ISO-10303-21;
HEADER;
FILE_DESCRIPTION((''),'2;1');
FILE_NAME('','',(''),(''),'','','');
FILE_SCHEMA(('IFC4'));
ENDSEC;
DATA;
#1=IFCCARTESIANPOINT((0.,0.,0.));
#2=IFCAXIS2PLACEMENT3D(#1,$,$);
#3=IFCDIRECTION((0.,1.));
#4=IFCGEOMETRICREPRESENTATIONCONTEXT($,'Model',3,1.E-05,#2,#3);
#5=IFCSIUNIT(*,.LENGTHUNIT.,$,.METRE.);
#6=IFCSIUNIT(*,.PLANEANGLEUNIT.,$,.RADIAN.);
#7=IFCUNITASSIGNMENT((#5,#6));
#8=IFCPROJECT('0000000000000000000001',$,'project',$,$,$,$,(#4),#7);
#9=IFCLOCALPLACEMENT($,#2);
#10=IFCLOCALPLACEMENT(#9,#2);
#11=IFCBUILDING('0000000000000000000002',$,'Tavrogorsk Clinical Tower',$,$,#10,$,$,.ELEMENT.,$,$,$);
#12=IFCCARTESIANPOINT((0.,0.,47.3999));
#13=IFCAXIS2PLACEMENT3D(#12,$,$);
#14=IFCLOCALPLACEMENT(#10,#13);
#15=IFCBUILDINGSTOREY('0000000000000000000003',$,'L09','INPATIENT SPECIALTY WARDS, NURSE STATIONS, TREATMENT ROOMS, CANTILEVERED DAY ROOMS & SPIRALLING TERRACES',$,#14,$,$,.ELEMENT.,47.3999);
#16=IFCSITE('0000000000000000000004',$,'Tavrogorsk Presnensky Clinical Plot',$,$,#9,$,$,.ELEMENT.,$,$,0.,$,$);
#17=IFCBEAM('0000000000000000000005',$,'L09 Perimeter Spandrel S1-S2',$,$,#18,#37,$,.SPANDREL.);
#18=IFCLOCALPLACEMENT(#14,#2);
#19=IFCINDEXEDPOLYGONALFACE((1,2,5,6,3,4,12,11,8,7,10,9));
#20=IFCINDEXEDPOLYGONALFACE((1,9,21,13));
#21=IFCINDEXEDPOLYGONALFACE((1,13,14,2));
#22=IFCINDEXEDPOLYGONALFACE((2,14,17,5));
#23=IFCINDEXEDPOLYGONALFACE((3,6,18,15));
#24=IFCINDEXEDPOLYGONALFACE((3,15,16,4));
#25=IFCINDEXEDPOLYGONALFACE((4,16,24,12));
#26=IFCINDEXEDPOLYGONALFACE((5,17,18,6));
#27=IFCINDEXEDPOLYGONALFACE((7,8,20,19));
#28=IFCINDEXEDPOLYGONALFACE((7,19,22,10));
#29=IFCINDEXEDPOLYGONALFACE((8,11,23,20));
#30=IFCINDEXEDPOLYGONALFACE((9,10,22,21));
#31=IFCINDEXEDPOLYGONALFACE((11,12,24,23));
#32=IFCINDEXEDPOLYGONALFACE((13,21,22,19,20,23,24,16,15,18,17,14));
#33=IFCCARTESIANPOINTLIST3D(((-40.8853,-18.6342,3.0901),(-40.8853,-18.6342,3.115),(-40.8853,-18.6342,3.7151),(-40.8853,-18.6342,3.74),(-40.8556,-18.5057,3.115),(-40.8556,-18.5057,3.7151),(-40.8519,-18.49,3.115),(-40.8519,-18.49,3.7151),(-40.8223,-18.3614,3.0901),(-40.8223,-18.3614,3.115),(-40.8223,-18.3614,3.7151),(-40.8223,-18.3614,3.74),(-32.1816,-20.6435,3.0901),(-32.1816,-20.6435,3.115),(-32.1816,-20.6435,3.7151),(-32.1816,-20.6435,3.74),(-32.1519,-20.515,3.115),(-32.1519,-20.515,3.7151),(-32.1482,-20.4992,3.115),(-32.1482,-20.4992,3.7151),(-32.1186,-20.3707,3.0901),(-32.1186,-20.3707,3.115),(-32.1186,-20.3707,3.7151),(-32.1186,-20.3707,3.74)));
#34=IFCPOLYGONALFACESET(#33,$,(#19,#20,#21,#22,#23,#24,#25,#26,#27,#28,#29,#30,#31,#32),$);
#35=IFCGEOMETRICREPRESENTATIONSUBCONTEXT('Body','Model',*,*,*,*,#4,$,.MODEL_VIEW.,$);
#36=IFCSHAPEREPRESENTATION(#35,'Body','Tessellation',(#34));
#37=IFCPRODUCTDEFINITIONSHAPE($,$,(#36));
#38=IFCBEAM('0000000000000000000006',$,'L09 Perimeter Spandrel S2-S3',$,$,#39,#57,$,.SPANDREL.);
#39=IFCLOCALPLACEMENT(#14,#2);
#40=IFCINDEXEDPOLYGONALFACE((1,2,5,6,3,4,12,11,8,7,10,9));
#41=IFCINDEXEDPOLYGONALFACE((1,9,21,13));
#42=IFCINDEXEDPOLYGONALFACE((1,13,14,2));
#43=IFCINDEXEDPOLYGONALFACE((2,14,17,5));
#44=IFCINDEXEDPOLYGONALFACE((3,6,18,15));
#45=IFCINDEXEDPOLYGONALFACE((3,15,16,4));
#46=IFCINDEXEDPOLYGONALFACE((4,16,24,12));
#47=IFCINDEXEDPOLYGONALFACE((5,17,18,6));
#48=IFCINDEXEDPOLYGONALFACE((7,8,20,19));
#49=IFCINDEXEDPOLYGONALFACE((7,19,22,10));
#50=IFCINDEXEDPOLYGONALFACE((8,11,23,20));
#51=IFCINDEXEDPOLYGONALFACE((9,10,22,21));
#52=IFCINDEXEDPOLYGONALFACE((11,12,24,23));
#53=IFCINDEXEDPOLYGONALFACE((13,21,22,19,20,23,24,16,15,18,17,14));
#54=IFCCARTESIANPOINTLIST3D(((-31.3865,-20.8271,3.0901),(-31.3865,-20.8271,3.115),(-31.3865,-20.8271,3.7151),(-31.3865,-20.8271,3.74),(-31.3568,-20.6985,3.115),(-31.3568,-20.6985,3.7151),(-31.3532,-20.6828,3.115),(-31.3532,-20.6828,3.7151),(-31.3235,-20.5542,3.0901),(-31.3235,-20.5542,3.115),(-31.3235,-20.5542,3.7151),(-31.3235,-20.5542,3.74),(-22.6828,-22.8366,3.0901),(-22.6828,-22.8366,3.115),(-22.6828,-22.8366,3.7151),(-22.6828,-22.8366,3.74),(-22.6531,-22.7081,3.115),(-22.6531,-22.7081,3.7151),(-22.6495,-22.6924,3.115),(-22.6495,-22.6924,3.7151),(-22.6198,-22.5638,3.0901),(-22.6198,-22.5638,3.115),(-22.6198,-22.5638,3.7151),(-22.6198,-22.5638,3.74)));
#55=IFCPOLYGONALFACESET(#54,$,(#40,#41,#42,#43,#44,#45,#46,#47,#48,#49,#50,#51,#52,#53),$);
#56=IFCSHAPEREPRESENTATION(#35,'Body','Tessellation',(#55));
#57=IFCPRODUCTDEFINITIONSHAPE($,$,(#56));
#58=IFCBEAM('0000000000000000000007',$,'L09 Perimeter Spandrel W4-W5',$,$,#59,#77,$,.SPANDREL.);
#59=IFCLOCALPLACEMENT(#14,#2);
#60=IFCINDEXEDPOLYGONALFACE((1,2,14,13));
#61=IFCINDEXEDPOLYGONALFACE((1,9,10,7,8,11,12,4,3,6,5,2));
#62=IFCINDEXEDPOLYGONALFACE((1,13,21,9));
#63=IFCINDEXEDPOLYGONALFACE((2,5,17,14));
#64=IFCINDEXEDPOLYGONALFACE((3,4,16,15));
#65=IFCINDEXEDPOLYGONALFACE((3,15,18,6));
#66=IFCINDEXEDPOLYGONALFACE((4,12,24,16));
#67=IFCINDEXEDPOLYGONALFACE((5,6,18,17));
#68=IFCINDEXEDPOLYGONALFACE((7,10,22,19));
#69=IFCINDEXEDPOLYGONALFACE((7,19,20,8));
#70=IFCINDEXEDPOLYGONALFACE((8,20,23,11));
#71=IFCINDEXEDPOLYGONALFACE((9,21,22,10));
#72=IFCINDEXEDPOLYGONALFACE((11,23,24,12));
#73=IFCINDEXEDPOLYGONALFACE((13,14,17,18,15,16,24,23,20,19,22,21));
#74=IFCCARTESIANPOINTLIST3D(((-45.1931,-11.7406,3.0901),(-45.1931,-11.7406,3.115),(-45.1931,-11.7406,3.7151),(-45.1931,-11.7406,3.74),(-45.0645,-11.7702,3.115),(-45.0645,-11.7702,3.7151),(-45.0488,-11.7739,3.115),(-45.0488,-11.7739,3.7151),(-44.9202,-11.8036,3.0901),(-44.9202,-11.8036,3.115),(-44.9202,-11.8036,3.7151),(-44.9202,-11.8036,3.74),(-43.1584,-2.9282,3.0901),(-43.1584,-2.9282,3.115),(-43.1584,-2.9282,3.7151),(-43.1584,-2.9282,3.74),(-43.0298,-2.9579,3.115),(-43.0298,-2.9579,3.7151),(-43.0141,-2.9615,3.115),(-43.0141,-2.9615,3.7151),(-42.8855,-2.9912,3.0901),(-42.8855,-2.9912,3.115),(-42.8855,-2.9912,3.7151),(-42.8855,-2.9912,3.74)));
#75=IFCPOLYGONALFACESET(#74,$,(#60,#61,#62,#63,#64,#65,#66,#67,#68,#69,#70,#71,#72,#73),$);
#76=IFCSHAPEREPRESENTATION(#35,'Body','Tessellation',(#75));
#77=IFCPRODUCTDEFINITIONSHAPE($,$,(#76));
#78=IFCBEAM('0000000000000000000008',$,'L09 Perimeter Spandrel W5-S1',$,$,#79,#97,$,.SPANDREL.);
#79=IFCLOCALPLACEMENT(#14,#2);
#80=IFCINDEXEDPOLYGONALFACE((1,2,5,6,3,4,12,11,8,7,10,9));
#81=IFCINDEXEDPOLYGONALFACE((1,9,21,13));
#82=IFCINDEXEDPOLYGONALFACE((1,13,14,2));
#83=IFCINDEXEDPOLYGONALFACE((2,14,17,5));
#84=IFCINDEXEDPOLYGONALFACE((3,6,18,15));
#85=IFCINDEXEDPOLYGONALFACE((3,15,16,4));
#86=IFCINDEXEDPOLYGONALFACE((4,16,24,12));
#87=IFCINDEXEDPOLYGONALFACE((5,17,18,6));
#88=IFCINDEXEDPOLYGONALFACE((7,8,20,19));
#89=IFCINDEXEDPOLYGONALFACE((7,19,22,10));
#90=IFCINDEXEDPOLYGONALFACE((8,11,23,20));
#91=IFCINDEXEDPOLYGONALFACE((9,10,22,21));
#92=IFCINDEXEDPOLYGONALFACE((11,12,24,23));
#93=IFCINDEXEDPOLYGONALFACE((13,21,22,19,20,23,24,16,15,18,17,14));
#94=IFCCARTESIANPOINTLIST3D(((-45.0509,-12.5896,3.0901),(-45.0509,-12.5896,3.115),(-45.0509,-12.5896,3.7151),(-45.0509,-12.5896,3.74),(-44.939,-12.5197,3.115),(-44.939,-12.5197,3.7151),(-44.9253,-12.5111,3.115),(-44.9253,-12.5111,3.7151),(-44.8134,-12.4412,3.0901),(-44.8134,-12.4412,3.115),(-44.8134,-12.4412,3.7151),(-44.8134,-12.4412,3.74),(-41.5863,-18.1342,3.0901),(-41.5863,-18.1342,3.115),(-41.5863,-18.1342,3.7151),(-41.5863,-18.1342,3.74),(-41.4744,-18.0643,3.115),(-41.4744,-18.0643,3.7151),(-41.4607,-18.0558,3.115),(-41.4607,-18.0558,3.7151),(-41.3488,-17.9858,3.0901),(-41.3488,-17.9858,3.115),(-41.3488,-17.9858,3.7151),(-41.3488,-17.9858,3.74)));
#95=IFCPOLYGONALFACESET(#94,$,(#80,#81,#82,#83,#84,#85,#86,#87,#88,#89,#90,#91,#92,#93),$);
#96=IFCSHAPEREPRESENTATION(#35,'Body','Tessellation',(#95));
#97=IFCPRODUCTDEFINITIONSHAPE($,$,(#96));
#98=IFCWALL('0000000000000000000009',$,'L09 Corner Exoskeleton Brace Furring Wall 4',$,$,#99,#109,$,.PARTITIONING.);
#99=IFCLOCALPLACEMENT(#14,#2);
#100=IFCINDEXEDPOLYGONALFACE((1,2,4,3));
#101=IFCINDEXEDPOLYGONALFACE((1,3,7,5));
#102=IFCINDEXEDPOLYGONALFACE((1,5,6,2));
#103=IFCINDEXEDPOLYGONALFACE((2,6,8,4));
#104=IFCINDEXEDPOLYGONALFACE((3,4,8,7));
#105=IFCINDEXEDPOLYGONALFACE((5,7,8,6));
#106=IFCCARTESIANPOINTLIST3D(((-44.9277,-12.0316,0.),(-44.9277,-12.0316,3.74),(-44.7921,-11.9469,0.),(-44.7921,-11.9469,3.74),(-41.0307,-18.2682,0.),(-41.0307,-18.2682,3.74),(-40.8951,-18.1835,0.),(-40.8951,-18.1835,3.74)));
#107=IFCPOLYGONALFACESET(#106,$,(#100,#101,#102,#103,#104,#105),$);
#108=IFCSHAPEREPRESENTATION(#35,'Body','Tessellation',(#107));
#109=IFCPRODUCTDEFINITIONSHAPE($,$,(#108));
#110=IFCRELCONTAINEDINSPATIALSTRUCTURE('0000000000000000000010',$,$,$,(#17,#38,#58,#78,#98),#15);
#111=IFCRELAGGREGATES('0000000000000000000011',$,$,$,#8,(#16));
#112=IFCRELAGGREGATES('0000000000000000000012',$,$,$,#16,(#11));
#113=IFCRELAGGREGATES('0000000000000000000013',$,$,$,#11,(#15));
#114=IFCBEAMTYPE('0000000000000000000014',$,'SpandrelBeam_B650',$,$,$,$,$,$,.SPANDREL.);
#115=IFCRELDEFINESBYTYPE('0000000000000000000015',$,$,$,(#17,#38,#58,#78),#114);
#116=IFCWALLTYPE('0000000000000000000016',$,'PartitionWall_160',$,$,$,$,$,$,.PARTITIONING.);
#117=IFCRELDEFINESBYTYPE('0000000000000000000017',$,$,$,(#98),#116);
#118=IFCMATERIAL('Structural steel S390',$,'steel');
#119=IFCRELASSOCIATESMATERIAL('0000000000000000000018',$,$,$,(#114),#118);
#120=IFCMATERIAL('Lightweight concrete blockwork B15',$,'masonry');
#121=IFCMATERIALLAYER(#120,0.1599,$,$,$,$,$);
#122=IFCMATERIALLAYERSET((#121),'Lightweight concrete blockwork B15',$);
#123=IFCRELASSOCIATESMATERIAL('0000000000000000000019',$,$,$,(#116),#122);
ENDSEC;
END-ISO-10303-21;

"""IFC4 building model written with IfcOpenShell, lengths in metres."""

from ifc_helpers import new_model, si_unit, direction, frame, frame_2d, origin, origin_2d, place, context, subcontext, project, spatial, rectangle, i_section, extrude, material, layer, layer_set, material_profile, profile_set, type_object, element, save


model = new_model("IFC4")

# Units and contexts
model_context = context("Model", 3, precision=1e-05, world=origin(), true_north=direction((0.0, 1.0)))
body_context = subcontext(model_context, "Body", "Model", "MODEL_VIEW")
ifc_project = project(units=[si_unit("LENGTHUNIT", "METRE"), si_unit("PLANEANGLEUNIT", "RADIAN")], contexts=[model_context])

# Site, building, storey
site_placement = place(None, origin())
site = spatial("IfcSite", under=ifc_project, at=site_placement, Name="Tavrogorsk Presnensky Clinical Plot", CompositionType="ELEMENT", RefElevation=0.0)
building_placement = place(site_placement, origin())
building = spatial("IfcBuilding", under=site, at=building_placement, Name="Tavrogorsk Clinical Tower", CompositionType="ELEMENT")
storey_placement = place(building_placement, frame((0.0, 0.0, 47.3999)))
storey = spatial("IfcBuildingStorey", under=building, at=storey_placement, Name="L09", Description="INPATIENT SPECIALTY WARDS, NURSE STATIONS, TREATMENT ROOMS, CANTILEVERED DAY ROOMS & SPIRALLING TERRACES", CompositionType="ELEMENT", Elevation=47.3999)

# Beams
ifc_material_1 = material(Name="Structural steel S390", Category="steel")
ifc_material_profile_1 = material_profile(ifc_material_1, i_section(OverallWidth=0.28, OverallDepth=0.6499, WebThickness=0.0161, FlangeThickness=0.0249, at=origin_2d()), Name="B-650x280x16x25")
ifc_profile_set_1 = profile_set([ifc_material_profile_1], Name="Structural steel S390")
beam_type = type_object("IfcBeamType", Name="SpandrelBeam_B650", PredefinedType="SPANDREL", material=ifc_profile_set_1)
for number, where, z_axis, x_axis, name in (
    (1, (-40.8538, -18.4978, 3.415), (0.974373, -0.224939, 0.0), (0.224939, 0.974373, 0.0), "L09 Perimeter Spandrel S1-S2"),
    (2, (-31.355, -20.6907, 3.415), (0.974367, -0.224965, 0.0), (0.224965, 0.974367, 0.0), "L09 Perimeter Spandrel S2-S3"),
):
    element("IfcBeam", number, at=place(storey_placement, frame(where, z_axis=z_axis, x_axis=x_axis)), inside=storey, type_object=beam_type, Name=name, PredefinedType="SPANDREL", context=body_context, shape_type="SweptSolid", body=[
        extrude(i_section(OverallWidth=0.28, OverallDepth=0.6499, WebThickness=0.0161, FlangeThickness=0.0249, at=origin_2d()), origin(), (0.0, 0.0, 1.0), 8.9326),
    ])
beam_1_placement = place(storey_placement, frame((-43.022, -2.9597, 3.415), z_axis=(-0.224972, -0.974365, 0.0), x_axis=(0.974365, -0.224972, 0.0)))
element("IfcBeam", 3, at=beam_1_placement, inside=storey, type_object=beam_type, Name="L09 Perimeter Spandrel W4-W5", PredefinedType="SPANDREL", context=body_context, shape_type="SweptSolid", body=[
    extrude(i_section(OverallWidth=0.28, OverallDepth=0.6499, WebThickness=0.0161, FlangeThickness=0.0249, at=origin_2d()), origin(), (0.0, 0.0, 1.0), 9.0442),
])
beam_2_placement = place(storey_placement, frame((-44.9321, -12.5154, 3.415), z_axis=(0.529908, -0.848055, 0.0), x_axis=(0.848055, 0.529908, 0.0)))
element("IfcBeam", 4, at=beam_2_placement, inside=storey, type_object=beam_type, Name="L09 Perimeter Spandrel W5-S1", PredefinedType="SPANDREL", context=body_context, shape_type="SweptSolid", body=[
    extrude(i_section(OverallWidth=0.28, OverallDepth=0.6499, WebThickness=0.0161, FlangeThickness=0.0249, at=origin_2d()), origin(), (0.0, 0.0, 1.0), 6.5381),
])

# Wall
ifc_material_2 = material(Name="Lightweight concrete blockwork B15", Category="masonry")
ifc_layer_1 = layer(ifc_material_2, 0.1599)
ifc_layer_set_1 = layer_set([ifc_layer_1], Name="Lightweight concrete blockwork B15")
wall_type_1 = type_object("IfcWallType", Name="PartitionWall_160", PredefinedType="PARTITIONING", material=ifc_layer_set_1)
wall_1_placement = place(storey_placement, frame((-44.8599, -11.9893, 0.0), z_axis=(0.0, 0.0, 1.0), x_axis=(0.529912, -0.848052, 0.0)))
element("IfcWall", 5, at=wall_1_placement, inside=storey, type_object=wall_type_1, Name="L09 Corner Exoskeleton Brace Furring Wall 4", PredefinedType="PARTITIONING", context=body_context, shape_type="SweptSolid", body=[
    extrude(rectangle(XDim=7.354, YDim=0.1599, at=frame_2d((3.677, 0.0))), origin(), (0.0, 0.0, 1.0), 3.74),
])

save(model, "model.ifc")
